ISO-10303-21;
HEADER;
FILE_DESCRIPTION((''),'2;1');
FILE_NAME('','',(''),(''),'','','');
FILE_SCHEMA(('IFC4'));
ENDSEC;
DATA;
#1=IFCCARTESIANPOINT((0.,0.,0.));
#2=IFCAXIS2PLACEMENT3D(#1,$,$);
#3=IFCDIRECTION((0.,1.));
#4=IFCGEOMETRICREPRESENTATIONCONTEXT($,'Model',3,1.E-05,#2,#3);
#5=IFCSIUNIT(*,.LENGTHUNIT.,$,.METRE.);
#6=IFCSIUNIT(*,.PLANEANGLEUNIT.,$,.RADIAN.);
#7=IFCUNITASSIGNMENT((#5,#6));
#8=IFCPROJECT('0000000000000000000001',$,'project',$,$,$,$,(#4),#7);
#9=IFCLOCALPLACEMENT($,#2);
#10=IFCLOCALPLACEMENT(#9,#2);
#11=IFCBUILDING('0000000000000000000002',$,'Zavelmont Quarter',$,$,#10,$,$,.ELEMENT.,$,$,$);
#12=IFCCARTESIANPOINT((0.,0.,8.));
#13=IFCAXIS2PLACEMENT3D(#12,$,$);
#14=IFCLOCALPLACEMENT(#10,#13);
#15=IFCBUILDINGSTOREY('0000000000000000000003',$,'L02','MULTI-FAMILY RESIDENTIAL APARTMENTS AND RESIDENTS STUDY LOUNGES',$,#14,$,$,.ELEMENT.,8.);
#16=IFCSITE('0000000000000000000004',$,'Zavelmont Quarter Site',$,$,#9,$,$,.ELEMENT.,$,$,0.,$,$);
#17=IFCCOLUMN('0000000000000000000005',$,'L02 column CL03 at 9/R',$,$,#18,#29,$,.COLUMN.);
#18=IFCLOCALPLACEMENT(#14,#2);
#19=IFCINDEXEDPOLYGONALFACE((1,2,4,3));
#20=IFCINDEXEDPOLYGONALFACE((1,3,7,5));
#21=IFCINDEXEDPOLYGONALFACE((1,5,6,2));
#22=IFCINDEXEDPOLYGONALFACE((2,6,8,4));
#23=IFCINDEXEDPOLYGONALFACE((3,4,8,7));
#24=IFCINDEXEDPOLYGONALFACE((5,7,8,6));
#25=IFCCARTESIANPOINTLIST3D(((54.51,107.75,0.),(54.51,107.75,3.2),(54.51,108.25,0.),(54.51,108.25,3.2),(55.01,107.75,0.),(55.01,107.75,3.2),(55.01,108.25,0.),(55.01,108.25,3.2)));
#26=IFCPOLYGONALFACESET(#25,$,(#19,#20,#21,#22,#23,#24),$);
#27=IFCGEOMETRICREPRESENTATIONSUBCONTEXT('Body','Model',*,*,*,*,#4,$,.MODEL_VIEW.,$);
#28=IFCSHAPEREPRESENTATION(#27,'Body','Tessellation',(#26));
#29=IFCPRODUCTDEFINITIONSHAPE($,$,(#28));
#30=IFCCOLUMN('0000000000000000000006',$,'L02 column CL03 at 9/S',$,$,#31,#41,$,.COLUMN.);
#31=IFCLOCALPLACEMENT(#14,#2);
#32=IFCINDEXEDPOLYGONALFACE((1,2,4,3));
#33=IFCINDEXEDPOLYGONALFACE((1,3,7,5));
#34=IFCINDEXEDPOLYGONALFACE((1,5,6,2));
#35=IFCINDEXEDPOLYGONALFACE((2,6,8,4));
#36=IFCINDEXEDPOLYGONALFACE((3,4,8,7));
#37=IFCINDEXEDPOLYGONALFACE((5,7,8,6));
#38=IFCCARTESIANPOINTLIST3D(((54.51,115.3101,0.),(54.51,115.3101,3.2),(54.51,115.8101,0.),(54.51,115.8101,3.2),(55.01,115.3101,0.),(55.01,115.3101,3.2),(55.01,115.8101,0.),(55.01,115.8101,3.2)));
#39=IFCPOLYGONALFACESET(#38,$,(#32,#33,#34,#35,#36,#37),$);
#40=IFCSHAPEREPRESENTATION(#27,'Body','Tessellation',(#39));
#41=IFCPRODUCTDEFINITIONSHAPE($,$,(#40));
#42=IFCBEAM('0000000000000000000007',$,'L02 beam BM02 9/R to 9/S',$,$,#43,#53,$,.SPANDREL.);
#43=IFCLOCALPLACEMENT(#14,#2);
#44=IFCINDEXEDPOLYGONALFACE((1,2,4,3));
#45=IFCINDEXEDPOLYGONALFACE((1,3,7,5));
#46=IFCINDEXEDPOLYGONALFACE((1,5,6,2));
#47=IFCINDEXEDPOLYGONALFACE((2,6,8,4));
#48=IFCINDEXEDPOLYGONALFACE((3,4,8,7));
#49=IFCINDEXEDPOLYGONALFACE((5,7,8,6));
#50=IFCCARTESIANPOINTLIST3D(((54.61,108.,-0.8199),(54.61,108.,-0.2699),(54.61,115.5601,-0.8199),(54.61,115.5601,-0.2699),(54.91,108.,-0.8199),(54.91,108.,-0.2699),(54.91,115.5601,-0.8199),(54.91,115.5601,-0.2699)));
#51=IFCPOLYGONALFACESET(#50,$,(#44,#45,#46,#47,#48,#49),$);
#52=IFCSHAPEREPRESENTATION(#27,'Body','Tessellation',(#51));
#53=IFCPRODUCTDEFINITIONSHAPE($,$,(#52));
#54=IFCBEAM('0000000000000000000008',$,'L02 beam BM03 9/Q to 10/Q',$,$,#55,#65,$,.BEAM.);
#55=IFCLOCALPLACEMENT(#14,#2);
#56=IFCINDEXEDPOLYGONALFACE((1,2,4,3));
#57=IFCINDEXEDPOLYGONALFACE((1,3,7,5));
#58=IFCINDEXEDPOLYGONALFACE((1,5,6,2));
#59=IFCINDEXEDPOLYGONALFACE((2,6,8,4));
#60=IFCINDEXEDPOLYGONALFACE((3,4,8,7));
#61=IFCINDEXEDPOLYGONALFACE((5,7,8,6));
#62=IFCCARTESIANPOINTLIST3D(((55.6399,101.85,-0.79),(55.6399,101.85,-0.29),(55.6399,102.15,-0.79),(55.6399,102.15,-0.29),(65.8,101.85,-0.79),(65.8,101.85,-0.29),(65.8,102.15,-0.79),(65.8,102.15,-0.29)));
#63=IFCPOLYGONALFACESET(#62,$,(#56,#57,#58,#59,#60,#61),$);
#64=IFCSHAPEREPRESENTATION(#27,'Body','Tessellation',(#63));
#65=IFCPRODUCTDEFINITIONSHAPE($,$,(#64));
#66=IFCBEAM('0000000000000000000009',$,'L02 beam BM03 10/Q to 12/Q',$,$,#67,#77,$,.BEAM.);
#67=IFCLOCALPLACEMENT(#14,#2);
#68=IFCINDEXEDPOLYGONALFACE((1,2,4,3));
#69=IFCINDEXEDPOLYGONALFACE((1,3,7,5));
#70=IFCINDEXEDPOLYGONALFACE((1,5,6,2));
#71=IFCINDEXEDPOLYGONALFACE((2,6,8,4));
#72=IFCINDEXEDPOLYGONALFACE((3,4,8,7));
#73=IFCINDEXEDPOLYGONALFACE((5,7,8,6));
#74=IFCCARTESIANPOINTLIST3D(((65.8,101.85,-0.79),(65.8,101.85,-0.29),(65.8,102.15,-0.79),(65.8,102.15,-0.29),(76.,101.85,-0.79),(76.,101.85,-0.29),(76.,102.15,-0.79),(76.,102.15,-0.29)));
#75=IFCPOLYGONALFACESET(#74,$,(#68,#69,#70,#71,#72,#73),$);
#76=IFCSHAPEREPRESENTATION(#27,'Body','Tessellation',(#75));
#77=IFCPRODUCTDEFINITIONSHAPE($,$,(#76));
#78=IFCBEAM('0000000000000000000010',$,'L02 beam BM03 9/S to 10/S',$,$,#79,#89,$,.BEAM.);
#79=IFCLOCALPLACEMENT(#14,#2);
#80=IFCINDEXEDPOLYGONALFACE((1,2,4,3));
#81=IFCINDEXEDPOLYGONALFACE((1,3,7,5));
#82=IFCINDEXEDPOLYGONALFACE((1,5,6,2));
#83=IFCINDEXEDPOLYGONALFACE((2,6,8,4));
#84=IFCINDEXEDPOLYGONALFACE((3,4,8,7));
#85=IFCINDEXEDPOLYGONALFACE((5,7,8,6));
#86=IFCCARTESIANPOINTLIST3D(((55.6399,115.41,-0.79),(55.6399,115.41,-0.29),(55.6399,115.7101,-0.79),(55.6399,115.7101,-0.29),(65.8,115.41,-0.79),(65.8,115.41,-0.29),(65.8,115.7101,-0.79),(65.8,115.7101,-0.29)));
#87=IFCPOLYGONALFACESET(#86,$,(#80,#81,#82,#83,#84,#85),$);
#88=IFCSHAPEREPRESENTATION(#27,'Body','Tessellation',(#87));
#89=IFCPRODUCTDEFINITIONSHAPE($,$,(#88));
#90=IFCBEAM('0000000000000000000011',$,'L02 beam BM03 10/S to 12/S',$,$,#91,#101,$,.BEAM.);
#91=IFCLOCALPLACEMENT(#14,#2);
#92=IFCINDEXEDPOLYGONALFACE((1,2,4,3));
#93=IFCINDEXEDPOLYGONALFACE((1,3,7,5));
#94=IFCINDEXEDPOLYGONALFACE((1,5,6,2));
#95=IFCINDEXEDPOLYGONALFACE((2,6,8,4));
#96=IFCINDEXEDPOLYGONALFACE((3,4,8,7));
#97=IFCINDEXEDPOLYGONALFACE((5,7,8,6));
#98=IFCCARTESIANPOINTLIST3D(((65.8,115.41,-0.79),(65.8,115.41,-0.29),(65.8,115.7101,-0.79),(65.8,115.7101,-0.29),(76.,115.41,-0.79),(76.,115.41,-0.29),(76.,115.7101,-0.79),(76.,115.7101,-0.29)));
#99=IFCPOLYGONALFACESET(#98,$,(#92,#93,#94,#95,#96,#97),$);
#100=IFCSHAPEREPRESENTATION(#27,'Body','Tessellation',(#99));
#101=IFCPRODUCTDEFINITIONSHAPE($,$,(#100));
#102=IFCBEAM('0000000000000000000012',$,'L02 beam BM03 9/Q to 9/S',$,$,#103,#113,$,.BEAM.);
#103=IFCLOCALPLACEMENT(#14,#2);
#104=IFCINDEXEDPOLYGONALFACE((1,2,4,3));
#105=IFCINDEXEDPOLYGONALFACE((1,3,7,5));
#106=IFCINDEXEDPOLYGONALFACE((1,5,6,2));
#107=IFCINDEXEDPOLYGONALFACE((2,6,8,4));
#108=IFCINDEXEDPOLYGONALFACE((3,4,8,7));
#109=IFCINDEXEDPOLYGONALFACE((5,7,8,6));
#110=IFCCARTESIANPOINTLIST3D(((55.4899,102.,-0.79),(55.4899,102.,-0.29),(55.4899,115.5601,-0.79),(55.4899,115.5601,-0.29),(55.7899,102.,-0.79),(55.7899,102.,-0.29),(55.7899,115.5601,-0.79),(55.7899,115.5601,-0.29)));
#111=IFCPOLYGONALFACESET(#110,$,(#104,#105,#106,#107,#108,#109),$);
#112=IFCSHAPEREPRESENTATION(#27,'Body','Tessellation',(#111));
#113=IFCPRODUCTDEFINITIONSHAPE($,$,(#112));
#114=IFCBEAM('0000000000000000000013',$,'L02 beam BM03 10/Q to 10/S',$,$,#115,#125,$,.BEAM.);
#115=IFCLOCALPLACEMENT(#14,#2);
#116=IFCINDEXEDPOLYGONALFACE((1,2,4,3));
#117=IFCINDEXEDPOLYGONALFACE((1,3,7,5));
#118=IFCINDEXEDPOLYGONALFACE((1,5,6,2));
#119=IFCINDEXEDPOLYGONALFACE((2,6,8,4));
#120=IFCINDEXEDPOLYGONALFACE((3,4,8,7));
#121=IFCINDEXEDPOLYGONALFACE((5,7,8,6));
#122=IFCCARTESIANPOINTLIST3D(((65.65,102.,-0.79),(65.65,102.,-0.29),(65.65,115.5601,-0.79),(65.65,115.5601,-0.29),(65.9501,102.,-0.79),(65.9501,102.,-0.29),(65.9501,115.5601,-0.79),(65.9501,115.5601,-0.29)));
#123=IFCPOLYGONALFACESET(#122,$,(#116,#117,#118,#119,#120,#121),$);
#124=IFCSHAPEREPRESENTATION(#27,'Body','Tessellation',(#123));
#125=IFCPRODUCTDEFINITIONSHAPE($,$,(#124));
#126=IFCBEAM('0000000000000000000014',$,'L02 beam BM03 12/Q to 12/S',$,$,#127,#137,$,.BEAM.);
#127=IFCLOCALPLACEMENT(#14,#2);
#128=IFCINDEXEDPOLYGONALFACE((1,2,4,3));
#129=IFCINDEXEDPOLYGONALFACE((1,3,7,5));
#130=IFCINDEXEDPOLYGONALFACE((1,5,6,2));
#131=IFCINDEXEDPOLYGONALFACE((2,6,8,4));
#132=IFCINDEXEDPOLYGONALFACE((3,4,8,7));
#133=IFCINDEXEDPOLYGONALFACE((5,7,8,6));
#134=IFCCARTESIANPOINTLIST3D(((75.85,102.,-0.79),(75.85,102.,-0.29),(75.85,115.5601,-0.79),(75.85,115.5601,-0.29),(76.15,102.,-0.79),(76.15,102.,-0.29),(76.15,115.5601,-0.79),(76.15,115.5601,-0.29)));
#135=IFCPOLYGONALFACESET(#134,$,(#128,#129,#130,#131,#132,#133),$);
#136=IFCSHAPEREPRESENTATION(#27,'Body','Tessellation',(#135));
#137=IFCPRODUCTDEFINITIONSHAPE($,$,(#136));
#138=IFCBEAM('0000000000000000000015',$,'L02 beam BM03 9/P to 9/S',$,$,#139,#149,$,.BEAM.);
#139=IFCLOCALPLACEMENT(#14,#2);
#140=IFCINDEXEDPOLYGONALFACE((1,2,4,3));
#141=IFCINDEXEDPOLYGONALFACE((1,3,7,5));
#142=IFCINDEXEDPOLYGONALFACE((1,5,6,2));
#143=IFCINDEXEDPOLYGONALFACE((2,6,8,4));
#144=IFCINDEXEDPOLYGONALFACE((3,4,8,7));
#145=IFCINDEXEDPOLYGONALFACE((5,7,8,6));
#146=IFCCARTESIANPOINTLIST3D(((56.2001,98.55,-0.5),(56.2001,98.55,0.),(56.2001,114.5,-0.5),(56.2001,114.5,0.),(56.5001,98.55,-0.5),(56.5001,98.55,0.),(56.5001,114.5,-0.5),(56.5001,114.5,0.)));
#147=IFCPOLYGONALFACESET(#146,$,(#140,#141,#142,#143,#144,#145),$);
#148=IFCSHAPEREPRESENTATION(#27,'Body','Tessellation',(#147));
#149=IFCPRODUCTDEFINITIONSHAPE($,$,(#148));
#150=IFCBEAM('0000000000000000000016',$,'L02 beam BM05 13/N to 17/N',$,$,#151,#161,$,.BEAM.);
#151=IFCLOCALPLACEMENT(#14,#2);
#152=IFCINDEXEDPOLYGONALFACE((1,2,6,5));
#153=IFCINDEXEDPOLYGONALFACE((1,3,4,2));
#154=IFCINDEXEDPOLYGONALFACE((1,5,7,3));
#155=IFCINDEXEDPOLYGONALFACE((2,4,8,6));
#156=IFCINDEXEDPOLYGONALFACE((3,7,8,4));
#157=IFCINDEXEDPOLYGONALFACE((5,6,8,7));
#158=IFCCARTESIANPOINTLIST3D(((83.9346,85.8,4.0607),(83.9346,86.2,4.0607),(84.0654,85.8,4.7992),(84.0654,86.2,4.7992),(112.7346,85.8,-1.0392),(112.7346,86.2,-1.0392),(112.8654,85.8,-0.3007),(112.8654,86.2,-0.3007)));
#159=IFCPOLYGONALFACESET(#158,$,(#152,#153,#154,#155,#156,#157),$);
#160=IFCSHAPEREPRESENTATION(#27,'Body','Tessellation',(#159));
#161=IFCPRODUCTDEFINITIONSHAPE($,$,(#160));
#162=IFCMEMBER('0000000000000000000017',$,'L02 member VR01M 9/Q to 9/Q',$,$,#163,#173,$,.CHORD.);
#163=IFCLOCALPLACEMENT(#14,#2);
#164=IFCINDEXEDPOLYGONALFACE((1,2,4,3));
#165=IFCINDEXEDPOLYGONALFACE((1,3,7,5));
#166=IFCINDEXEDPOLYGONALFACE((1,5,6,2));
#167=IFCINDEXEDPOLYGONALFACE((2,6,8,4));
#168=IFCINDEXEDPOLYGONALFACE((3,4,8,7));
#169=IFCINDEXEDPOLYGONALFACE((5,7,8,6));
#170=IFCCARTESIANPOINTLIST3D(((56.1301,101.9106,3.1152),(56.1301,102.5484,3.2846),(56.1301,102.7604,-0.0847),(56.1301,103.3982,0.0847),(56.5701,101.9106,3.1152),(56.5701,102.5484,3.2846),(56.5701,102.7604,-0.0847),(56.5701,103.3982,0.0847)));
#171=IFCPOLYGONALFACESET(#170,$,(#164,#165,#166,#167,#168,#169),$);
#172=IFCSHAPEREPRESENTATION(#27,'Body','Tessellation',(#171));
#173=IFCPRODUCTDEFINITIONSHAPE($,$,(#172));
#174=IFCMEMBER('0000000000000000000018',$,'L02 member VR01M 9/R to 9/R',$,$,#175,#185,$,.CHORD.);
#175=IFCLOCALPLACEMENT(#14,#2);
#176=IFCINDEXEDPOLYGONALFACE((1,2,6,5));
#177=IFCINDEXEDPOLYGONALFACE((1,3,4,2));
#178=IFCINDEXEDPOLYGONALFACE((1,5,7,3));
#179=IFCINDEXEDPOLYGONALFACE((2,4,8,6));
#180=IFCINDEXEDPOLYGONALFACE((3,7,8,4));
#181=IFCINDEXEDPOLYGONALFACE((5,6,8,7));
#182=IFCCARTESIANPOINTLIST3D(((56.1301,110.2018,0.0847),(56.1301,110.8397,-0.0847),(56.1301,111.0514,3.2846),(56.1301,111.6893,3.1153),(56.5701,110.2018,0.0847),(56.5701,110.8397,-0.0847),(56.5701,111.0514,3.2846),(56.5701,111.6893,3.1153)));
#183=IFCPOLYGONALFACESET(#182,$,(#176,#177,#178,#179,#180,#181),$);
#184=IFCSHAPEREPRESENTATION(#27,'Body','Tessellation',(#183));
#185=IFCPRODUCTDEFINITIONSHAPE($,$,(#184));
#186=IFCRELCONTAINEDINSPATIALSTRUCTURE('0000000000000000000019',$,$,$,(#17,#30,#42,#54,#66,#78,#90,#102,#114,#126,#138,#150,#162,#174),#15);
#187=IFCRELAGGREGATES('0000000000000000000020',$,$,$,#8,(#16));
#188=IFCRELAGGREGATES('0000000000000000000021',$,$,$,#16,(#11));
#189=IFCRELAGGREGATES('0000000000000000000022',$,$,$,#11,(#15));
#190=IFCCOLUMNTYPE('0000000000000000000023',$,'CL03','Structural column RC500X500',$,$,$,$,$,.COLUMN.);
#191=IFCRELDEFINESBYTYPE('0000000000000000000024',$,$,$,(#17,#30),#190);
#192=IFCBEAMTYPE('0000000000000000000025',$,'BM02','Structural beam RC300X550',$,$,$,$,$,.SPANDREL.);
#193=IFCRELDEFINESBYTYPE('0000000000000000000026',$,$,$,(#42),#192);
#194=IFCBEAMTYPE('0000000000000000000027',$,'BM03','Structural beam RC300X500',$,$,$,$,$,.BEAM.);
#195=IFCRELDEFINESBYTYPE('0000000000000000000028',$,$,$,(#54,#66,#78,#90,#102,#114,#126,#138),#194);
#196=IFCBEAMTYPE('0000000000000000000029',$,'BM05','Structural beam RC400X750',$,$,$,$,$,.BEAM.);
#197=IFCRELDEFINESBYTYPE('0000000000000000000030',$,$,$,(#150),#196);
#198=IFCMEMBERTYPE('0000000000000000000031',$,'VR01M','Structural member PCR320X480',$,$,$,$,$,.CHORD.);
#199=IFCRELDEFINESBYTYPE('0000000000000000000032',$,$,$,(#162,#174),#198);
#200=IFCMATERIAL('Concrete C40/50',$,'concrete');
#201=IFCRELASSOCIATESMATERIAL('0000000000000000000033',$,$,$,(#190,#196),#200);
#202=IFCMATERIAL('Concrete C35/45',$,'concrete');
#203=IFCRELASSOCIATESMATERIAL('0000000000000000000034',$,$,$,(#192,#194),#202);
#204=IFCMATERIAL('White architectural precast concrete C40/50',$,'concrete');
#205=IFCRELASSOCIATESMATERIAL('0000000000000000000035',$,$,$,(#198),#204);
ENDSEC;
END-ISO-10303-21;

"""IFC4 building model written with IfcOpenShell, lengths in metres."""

from ifc_helpers import new_model, si_unit, direction, frame, origin, origin_2d, place, context, subcontext, project, spatial, rectangle, extrude, material, material_profile, profile_set, type_object, element, save


model = new_model("IFC4")

# Units and contexts
model_context = context("Model", 3, precision=1e-05, world=origin(), true_north=direction((0.0, 1.0)))
body_context = subcontext(model_context, "Body", "Model", "MODEL_VIEW")
ifc_project = project(units=[si_unit("LENGTHUNIT", "METRE"), si_unit("PLANEANGLEUNIT", "RADIAN")], contexts=[model_context])

# Site, building, storey
site_placement = place(None, origin())
site = spatial("IfcSite", under=ifc_project, at=site_placement, Name="Zavelmont Quarter Site", CompositionType="ELEMENT", RefElevation=0.0)
building_placement = place(site_placement, origin())
building = spatial("IfcBuilding", under=site, at=building_placement, Name="Zavelmont Quarter", CompositionType="ELEMENT")
storey_placement = place(building_placement, frame((0.0, 0.0, 8.0)))
storey = spatial("IfcBuildingStorey", under=building, at=storey_placement, Name="L02", Description="MULTI-FAMILY RESIDENTIAL APARTMENTS AND RESIDENTS STUDY LOUNGES", CompositionType="ELEMENT", Elevation=8.0)

# Columns
ifc_material_1 = material(Name="Concrete C40/50", Category="concrete")
ifc_material_profile_1 = material_profile(ifc_material_1, rectangle(XDim=0.5, YDim=0.5, at=origin_2d()), Name="RC500X500")
ifc_profile_set_1 = profile_set([ifc_material_profile_1], Name="Concrete C40/50")
column_type = type_object("IfcColumnType", Name="CL03", Description="Structural column RC500X500", PredefinedType="COLUMN", material=ifc_profile_set_1)
for number, where, z_axis, x_axis, name in (
    (1, (54.76, 108.0, 0.0), (0.0, 0.0, 1.0), (1.0, 0.0, 0.0), "L02 column CL03 at 9/R"),
    (2, (54.76, 115.5601, 0.0), (0.0, 0.0, 1.0), (1.0, 0.0, 0.0), "L02 column CL03 at 9/S"),
):
    element("IfcColumn", number, at=place(storey_placement, frame(where, z_axis=z_axis, x_axis=x_axis)), inside=storey, type_object=column_type, Name=name, PredefinedType="COLUMN", context=body_context, shape_type="SweptSolid", body=[
        extrude(rectangle(XDim=0.5, YDim=0.5, at=origin_2d()), origin(), (0.0, 0.0, 1.0), 3.2),
    ])

# Beams
ifc_material_2 = material(Name="Concrete C35/45", Category="concrete")
ifc_material_profile_2 = material_profile(ifc_material_2, rectangle(XDim=0.3, YDim=0.55, at=origin_2d()), Name="RC300X550")
ifc_profile_set_2 = profile_set([ifc_material_profile_2], Name="Concrete C35/45")
beam_type_1 = type_object("IfcBeamType", Name="BM02", Description="Structural beam RC300X550", PredefinedType="SPANDREL", material=ifc_profile_set_2)
beam_1_placement = place(storey_placement, frame((54.76, 108.0, -0.5449), z_axis=(0.0, 1.0, 0.0), x_axis=(-1.0, 0.0, 0.0)))
element("IfcBeam", 3, at=beam_1_placement, inside=storey, type_object=beam_type_1, Name="L02 beam BM02 9/R to 9/S", PredefinedType="SPANDREL", context=body_context, shape_type="SweptSolid", body=[
    extrude(rectangle(XDim=0.3, YDim=0.55, at=origin_2d()), origin(), (0.0, 0.0, 1.0), 7.5601),
])
ifc_material_profile_3 = material_profile(ifc_material_2, rectangle(XDim=0.3, YDim=0.5, at=origin_2d()), Name="RC300X500")
ifc_profile_set_3 = profile_set([ifc_material_profile_3], Name="Concrete C35/45")
beam_type_2 = type_object("IfcBeamType", Name="BM03", Description="Structural beam RC300X500", PredefinedType="BEAM", material=ifc_profile_set_3)
beam_2_placement = place(storey_placement, frame((55.6399, 102.0, -0.54), z_axis=(1.0, 0.0, 0.0), x_axis=(0.0, 1.0, 0.0)))
element("IfcBeam", 4, at=beam_2_placement, inside=storey, type_object=beam_type_2, Name="L02 beam BM03 9/Q to 10/Q", PredefinedType="BEAM", context=body_context, shape_type="SweptSolid", body=[
    extrude(rectangle(XDim=0.3, YDim=0.5, at=origin_2d()), origin(), (0.0, 0.0, 1.0), 10.1602),
])
beam_3_placement = place(storey_placement, frame((65.8, 102.0, -0.54), z_axis=(1.0, 0.0, 0.0), x_axis=(0.0, 1.0, 0.0)))
element("IfcBeam", 5, at=beam_3_placement, inside=storey, type_object=beam_type_2, Name="L02 beam BM03 10/Q to 12/Q", PredefinedType="BEAM", context=body_context, shape_type="SweptSolid", body=[
    extrude(rectangle(XDim=0.3, YDim=0.5, at=origin_2d()), origin(), (0.0, 0.0, 1.0), 10.2),
])
beam_4_placement = place(storey_placement, frame((55.6399, 115.5601, -0.54), z_axis=(1.0, 0.0, 0.0), x_axis=(0.0, 1.0, 0.0)))
element("IfcBeam", 6, at=beam_4_placement, inside=storey, type_object=beam_type_2, Name="L02 beam BM03 9/S to 10/S", PredefinedType="BEAM", context=body_context, shape_type="SweptSolid", body=[
    extrude(rectangle(XDim=0.3, YDim=0.5, at=origin_2d()), origin(), (0.0, 0.0, 1.0), 10.1602),
])
beam_5_placement = place(storey_placement, frame((65.8, 115.5601, -0.54), z_axis=(1.0, 0.0, 0.0), x_axis=(0.0, 1.0, 0.0)))
element("IfcBeam", 7, at=beam_5_placement, inside=storey, type_object=beam_type_2, Name="L02 beam BM03 10/S to 12/S", PredefinedType="BEAM", context=body_context, shape_type="SweptSolid", body=[
    extrude(rectangle(XDim=0.3, YDim=0.5, at=origin_2d()), origin(), (0.0, 0.0, 1.0), 10.2),
])
for number, where, z_axis, x_axis, name in (
    (8, (55.6399, 102.0, -0.54), (0.0, 1.0, 0.0), (-1.0, 0.0, 0.0), "L02 beam BM03 9/Q to 9/S"),
    (9, (65.8, 102.0, -0.54), (0.0, 1.0, 0.0), (-1.0, 0.0, 0.0), "L02 beam BM03 10/Q to 10/S"),
    (10, (76.0, 102.0, -0.54), (0.0, 1.0, 0.0), (-1.0, 0.0, 0.0), "L02 beam BM03 12/Q to 12/S"),
):
    element("IfcBeam", number, at=place(storey_placement, frame(where, z_axis=z_axis, x_axis=x_axis)), inside=storey, type_object=beam_type_2, Name=name, PredefinedType="BEAM", context=body_context, shape_type="SweptSolid", body=[
        extrude(rectangle(XDim=0.3, YDim=0.5, at=origin_2d()), origin(), (0.0, 0.0, 1.0), 13.5601),
    ])
beam_6_placement = place(storey_placement, frame((56.3501, 98.55, -0.25), z_axis=(0.0, 1.0, 0.0), x_axis=(-1.0, 0.0, 0.0)))
element("IfcBeam", 11, at=beam_6_placement, inside=storey, type_object=beam_type_2, Name="L02 beam BM03 9/P to 9/S", PredefinedType="BEAM", context=body_context, shape_type="SweptSolid", body=[
    extrude(rectangle(XDim=0.3, YDim=0.5, at=origin_2d()), origin(), (0.0, 0.0, 1.0), 15.95),
])
ifc_material_profile_4 = material_profile(ifc_material_1, rectangle(XDim=0.3999, YDim=0.75, at=origin_2d()), Name="RC400X750")
ifc_profile_set_4 = profile_set([ifc_material_profile_4], Name="Concrete C40/50")
beam_type_3 = type_object("IfcBeamType", Name="BM05", Description="Structural beam RC400X750", PredefinedType="BEAM", material=ifc_profile_set_4)
beam_7_placement = place(storey_placement, frame((84.0, 86.0, 4.4299), z_axis=(0.984681, 0.0, -0.174365), x_axis=(0.0, 1.0, 0.0)))
element("IfcBeam", 12, at=beam_7_placement, inside=storey, type_object=beam_type_3, Name="L02 beam BM05 13/N to 17/N", PredefinedType="BEAM", context=body_context, shape_type="SweptSolid", body=[
    extrude(rectangle(XDim=0.3999, YDim=0.75, at=origin_2d()), origin(), (0.0, 0.0, 1.0), 29.248),
])

# Members
ifc_material_3 = material(Name="White architectural precast concrete C40/50", Category="concrete")
ifc_material_profile_5 = material_profile(ifc_material_3, rectangle(XDim=0.4399, YDim=0.6599, at=origin_2d()), Name="PCR320X480")
ifc_profile_set_5 = profile_set([ifc_material_profile_5], Name="White architectural precast concrete C40/50")
member_type = type_object("IfcMemberType", Name="VR01M", Description="Structural member PCR320X480", PredefinedType="CHORD", material=ifc_profile_set_5)
for number, where, z_axis, x_axis, name in (
    (13, (56.3501, 103.0793, 0.0), (0.0, -0.256685, 0.966495), (1.0, 0.0, 0.0), "L02 member VR01M 9/Q to 9/Q"),
    (14, (56.3501, 110.5208, 0.0), (0.0, 0.256616, 0.966513), (-1.0, 0.0, 0.0), "L02 member VR01M 9/R to 9/R"),
):
    element("IfcMember", number, at=place(storey_placement, frame(where, z_axis=z_axis, x_axis=x_axis)), inside=storey, type_object=member_type, Name=name, PredefinedType="CHORD", context=body_context, shape_type="SweptSolid", body=[
        extrude(rectangle(XDim=0.4399, YDim=0.6599, at=origin_2d()), origin(), (0.0, 0.0, 1.0), 3.3108),
    ])

save(model, "model.ifc")
